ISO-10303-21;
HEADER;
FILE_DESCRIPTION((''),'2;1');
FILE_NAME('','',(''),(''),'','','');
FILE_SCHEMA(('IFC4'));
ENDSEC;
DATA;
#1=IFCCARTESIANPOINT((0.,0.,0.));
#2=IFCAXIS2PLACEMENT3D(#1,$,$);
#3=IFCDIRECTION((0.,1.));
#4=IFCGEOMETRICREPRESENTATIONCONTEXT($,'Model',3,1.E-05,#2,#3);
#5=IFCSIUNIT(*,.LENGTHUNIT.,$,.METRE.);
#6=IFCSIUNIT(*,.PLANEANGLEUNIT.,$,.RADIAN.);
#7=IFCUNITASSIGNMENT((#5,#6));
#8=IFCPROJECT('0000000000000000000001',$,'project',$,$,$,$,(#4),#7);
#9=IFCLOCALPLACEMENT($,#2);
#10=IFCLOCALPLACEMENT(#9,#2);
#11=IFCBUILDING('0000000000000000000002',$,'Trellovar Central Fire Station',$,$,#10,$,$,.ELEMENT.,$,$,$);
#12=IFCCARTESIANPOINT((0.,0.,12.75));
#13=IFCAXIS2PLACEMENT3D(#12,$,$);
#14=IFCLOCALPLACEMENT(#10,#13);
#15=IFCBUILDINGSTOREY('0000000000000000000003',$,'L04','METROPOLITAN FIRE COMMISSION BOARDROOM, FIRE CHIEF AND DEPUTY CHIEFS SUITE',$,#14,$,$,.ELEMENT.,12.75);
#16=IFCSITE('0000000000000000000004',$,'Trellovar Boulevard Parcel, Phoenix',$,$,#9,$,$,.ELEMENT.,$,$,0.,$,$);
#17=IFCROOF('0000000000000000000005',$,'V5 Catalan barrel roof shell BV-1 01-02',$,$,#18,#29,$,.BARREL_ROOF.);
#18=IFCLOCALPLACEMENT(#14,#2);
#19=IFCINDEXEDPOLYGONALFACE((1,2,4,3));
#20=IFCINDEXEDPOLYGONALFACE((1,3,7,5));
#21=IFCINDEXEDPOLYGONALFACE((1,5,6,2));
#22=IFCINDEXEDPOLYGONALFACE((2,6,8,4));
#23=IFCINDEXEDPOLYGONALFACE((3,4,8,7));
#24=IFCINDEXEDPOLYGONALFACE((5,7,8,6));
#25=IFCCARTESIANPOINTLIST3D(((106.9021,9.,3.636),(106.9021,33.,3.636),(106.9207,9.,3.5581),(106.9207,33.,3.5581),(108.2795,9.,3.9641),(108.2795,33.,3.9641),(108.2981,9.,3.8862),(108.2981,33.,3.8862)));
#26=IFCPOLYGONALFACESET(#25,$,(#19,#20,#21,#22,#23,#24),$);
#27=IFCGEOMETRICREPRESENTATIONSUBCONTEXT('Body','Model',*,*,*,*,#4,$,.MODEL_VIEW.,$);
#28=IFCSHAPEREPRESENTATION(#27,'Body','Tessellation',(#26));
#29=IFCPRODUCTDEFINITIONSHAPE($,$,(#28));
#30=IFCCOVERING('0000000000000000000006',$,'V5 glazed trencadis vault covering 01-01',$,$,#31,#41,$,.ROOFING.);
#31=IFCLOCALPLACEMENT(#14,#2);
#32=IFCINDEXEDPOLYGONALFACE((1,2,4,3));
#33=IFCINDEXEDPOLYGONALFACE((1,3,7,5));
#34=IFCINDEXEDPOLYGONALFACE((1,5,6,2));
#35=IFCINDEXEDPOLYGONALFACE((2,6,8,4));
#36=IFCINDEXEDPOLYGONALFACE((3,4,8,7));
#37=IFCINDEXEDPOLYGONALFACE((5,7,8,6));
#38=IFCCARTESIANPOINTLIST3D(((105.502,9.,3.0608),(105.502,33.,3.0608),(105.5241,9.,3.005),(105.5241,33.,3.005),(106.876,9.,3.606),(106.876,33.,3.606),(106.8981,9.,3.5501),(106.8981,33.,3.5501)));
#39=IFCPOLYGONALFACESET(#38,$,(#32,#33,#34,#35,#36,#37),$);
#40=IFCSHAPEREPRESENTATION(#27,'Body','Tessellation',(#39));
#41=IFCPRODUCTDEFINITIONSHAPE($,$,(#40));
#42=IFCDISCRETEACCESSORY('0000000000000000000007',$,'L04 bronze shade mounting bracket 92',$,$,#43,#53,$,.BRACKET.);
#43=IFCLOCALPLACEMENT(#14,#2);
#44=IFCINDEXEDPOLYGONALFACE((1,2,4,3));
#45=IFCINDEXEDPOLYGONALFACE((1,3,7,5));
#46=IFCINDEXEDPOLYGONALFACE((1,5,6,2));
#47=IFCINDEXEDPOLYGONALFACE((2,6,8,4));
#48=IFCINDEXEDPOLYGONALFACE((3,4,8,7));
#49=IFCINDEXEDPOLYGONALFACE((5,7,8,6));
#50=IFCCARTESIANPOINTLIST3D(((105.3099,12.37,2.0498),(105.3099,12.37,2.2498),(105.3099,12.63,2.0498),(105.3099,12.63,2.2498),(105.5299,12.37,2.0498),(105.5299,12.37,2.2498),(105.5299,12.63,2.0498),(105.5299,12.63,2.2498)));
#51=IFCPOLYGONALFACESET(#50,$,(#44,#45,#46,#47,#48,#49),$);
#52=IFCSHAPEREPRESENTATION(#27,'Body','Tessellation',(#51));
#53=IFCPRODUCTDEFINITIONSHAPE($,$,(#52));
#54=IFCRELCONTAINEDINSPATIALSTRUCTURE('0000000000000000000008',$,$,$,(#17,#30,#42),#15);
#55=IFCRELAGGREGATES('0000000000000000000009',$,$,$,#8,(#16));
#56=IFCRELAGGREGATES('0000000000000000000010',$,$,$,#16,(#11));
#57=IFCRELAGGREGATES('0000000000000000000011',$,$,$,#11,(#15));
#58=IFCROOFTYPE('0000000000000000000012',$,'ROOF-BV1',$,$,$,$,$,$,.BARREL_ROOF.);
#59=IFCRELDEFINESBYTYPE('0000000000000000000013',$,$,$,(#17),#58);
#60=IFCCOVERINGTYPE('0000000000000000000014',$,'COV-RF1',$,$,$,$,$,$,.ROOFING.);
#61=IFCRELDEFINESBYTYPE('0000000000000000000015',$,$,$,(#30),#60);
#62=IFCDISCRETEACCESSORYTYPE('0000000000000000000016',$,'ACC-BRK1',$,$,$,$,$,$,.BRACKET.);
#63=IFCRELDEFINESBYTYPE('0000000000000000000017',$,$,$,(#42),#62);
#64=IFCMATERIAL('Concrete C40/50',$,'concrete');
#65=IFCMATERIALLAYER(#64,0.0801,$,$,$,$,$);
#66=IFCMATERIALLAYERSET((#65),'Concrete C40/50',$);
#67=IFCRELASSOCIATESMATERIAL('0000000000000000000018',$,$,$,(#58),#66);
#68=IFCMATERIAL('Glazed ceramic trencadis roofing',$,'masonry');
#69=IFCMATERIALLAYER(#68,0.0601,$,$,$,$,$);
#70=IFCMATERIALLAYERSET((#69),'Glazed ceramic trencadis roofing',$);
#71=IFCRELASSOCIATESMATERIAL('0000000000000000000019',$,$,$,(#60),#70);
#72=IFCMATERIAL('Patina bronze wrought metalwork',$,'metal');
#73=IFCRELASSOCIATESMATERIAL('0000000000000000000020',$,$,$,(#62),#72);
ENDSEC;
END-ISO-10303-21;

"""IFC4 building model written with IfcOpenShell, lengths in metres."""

from ifc_helpers import new_model, si_unit, direction, frame, origin, origin_2d, place, context, subcontext, project, spatial, polyline, rectangle, outline, extrude, material, layer, layer_set, type_object, element, save


model = new_model("IFC4")

# Units and contexts
model_context = context("Model", 3, precision=1e-05, world=origin(), true_north=direction((0.0, 1.0)))
body_context = subcontext(model_context, "Body", "Model", "MODEL_VIEW")
ifc_project = project(units=[si_unit("LENGTHUNIT", "METRE"), si_unit("PLANEANGLEUNIT", "RADIAN")], contexts=[model_context])

# Site, building, storey
site_placement = place(None, origin())
site = spatial("IfcSite", under=ifc_project, at=site_placement, Name="Trellovar Boulevard Parcel, Phoenix", CompositionType="ELEMENT", RefElevation=0.0)
building_placement = place(site_placement, origin())
building = spatial("IfcBuilding", under=site, at=building_placement, Name="Trellovar Central Fire Station", CompositionType="ELEMENT")
storey_placement = place(building_placement, frame((0.0, 0.0, 12.75)))
storey = spatial("IfcBuildingStorey", under=building, at=storey_placement, Name="L04", Description="METROPOLITAN FIRE COMMISSION BOARDROOM, FIRE CHIEF AND DEPUTY CHIEFS SUITE", CompositionType="ELEMENT", Elevation=12.75)

# Roof
ifc_material_1 = material(Name="Concrete C40/50", Category="concrete")
ifc_layer_1 = layer(ifc_material_1, 0.0801)
ifc_layer_set_1 = layer_set([ifc_layer_1], Name="Concrete C40/50")
roof_type = type_object("IfcRoofType", Name="ROOF-BV1", PredefinedType="BARREL_ROOF", material=ifc_layer_set_1)
roof_placement = place(storey_placement, frame((106.9021, 9.0, 3.636), z_axis=(-0.231729, 0.0, 0.97278), x_axis=(0.97278, 0.0, 0.231729)))
element("IfcRoof", 1, at=roof_placement, inside=storey, type_object=roof_type, Name="V5 Catalan barrel roof shell BV-1 01-02", PredefinedType="BARREL_ROOF", context=body_context, shape_type="SweptSolid", body=[
    extrude(outline(polyline([(0.0, 0.0), (1.416, 0.0), (1.416, 24.0), (0.0, 24.0), (0.0, 0.0)])), origin(), (0.0, 0.0, -1.0), 0.0801),
])

# Covering
ifc_material_2 = material(Name="Glazed ceramic trencadis roofing", Category="masonry")
ifc_layer_2 = layer(ifc_material_2, 0.0601)
ifc_layer_set_2 = layer_set([ifc_layer_2], Name="Glazed ceramic trencadis roofing")
covering_type = type_object("IfcCoveringType", Name="COV-RF1", PredefinedType="ROOFING", material=ifc_layer_set_2)
covering_placement = place(storey_placement, frame((105.502, 9.0, 3.0608), z_axis=(-0.368798, 0.0, 0.92951), x_axis=(0.92951, 0.0, 0.368798)))
element("IfcCovering", 2, at=covering_placement, inside=storey, type_object=covering_type, Name="V5 glazed trencadis vault covering 01-01", PredefinedType="ROOFING", context=body_context, shape_type="SweptSolid", body=[
    extrude(outline(polyline([(0.0, 0.0), (1.4782, 0.0), (1.4782, 24.0), (0.0, 24.0), (0.0, 0.0)])), origin(), (0.0, 0.0, -1.0), 0.0601),
])

# Discrete accessory
ifc_material_3 = material(Name="Patina bronze wrought metalwork", Category="metal")
discrete_accessory_type = type_object("IfcDiscreteAccessoryType", Name="ACC-BRK1", PredefinedType="BRACKET", material=ifc_material_3)
discrete_accessory_placement = place(storey_placement, frame((105.4199, 12.5, 2.0498), z_axis=(0.0, 0.0, 1.0), x_axis=(0.0, 1.0, 0.0)))
element("IfcDiscreteAccessory", 3, at=discrete_accessory_placement, inside=storey, type_object=discrete_accessory_type, Name="L04 bronze shade mounting bracket 92", PredefinedType="BRACKET", context=body_context, shape_type="SweptSolid", body=[
    extrude(rectangle(XDim=0.26, YDim=0.22, at=origin_2d()), origin(), (0.0, 0.0, 1.0), 0.2),
])

save(model, "model.ifc")
